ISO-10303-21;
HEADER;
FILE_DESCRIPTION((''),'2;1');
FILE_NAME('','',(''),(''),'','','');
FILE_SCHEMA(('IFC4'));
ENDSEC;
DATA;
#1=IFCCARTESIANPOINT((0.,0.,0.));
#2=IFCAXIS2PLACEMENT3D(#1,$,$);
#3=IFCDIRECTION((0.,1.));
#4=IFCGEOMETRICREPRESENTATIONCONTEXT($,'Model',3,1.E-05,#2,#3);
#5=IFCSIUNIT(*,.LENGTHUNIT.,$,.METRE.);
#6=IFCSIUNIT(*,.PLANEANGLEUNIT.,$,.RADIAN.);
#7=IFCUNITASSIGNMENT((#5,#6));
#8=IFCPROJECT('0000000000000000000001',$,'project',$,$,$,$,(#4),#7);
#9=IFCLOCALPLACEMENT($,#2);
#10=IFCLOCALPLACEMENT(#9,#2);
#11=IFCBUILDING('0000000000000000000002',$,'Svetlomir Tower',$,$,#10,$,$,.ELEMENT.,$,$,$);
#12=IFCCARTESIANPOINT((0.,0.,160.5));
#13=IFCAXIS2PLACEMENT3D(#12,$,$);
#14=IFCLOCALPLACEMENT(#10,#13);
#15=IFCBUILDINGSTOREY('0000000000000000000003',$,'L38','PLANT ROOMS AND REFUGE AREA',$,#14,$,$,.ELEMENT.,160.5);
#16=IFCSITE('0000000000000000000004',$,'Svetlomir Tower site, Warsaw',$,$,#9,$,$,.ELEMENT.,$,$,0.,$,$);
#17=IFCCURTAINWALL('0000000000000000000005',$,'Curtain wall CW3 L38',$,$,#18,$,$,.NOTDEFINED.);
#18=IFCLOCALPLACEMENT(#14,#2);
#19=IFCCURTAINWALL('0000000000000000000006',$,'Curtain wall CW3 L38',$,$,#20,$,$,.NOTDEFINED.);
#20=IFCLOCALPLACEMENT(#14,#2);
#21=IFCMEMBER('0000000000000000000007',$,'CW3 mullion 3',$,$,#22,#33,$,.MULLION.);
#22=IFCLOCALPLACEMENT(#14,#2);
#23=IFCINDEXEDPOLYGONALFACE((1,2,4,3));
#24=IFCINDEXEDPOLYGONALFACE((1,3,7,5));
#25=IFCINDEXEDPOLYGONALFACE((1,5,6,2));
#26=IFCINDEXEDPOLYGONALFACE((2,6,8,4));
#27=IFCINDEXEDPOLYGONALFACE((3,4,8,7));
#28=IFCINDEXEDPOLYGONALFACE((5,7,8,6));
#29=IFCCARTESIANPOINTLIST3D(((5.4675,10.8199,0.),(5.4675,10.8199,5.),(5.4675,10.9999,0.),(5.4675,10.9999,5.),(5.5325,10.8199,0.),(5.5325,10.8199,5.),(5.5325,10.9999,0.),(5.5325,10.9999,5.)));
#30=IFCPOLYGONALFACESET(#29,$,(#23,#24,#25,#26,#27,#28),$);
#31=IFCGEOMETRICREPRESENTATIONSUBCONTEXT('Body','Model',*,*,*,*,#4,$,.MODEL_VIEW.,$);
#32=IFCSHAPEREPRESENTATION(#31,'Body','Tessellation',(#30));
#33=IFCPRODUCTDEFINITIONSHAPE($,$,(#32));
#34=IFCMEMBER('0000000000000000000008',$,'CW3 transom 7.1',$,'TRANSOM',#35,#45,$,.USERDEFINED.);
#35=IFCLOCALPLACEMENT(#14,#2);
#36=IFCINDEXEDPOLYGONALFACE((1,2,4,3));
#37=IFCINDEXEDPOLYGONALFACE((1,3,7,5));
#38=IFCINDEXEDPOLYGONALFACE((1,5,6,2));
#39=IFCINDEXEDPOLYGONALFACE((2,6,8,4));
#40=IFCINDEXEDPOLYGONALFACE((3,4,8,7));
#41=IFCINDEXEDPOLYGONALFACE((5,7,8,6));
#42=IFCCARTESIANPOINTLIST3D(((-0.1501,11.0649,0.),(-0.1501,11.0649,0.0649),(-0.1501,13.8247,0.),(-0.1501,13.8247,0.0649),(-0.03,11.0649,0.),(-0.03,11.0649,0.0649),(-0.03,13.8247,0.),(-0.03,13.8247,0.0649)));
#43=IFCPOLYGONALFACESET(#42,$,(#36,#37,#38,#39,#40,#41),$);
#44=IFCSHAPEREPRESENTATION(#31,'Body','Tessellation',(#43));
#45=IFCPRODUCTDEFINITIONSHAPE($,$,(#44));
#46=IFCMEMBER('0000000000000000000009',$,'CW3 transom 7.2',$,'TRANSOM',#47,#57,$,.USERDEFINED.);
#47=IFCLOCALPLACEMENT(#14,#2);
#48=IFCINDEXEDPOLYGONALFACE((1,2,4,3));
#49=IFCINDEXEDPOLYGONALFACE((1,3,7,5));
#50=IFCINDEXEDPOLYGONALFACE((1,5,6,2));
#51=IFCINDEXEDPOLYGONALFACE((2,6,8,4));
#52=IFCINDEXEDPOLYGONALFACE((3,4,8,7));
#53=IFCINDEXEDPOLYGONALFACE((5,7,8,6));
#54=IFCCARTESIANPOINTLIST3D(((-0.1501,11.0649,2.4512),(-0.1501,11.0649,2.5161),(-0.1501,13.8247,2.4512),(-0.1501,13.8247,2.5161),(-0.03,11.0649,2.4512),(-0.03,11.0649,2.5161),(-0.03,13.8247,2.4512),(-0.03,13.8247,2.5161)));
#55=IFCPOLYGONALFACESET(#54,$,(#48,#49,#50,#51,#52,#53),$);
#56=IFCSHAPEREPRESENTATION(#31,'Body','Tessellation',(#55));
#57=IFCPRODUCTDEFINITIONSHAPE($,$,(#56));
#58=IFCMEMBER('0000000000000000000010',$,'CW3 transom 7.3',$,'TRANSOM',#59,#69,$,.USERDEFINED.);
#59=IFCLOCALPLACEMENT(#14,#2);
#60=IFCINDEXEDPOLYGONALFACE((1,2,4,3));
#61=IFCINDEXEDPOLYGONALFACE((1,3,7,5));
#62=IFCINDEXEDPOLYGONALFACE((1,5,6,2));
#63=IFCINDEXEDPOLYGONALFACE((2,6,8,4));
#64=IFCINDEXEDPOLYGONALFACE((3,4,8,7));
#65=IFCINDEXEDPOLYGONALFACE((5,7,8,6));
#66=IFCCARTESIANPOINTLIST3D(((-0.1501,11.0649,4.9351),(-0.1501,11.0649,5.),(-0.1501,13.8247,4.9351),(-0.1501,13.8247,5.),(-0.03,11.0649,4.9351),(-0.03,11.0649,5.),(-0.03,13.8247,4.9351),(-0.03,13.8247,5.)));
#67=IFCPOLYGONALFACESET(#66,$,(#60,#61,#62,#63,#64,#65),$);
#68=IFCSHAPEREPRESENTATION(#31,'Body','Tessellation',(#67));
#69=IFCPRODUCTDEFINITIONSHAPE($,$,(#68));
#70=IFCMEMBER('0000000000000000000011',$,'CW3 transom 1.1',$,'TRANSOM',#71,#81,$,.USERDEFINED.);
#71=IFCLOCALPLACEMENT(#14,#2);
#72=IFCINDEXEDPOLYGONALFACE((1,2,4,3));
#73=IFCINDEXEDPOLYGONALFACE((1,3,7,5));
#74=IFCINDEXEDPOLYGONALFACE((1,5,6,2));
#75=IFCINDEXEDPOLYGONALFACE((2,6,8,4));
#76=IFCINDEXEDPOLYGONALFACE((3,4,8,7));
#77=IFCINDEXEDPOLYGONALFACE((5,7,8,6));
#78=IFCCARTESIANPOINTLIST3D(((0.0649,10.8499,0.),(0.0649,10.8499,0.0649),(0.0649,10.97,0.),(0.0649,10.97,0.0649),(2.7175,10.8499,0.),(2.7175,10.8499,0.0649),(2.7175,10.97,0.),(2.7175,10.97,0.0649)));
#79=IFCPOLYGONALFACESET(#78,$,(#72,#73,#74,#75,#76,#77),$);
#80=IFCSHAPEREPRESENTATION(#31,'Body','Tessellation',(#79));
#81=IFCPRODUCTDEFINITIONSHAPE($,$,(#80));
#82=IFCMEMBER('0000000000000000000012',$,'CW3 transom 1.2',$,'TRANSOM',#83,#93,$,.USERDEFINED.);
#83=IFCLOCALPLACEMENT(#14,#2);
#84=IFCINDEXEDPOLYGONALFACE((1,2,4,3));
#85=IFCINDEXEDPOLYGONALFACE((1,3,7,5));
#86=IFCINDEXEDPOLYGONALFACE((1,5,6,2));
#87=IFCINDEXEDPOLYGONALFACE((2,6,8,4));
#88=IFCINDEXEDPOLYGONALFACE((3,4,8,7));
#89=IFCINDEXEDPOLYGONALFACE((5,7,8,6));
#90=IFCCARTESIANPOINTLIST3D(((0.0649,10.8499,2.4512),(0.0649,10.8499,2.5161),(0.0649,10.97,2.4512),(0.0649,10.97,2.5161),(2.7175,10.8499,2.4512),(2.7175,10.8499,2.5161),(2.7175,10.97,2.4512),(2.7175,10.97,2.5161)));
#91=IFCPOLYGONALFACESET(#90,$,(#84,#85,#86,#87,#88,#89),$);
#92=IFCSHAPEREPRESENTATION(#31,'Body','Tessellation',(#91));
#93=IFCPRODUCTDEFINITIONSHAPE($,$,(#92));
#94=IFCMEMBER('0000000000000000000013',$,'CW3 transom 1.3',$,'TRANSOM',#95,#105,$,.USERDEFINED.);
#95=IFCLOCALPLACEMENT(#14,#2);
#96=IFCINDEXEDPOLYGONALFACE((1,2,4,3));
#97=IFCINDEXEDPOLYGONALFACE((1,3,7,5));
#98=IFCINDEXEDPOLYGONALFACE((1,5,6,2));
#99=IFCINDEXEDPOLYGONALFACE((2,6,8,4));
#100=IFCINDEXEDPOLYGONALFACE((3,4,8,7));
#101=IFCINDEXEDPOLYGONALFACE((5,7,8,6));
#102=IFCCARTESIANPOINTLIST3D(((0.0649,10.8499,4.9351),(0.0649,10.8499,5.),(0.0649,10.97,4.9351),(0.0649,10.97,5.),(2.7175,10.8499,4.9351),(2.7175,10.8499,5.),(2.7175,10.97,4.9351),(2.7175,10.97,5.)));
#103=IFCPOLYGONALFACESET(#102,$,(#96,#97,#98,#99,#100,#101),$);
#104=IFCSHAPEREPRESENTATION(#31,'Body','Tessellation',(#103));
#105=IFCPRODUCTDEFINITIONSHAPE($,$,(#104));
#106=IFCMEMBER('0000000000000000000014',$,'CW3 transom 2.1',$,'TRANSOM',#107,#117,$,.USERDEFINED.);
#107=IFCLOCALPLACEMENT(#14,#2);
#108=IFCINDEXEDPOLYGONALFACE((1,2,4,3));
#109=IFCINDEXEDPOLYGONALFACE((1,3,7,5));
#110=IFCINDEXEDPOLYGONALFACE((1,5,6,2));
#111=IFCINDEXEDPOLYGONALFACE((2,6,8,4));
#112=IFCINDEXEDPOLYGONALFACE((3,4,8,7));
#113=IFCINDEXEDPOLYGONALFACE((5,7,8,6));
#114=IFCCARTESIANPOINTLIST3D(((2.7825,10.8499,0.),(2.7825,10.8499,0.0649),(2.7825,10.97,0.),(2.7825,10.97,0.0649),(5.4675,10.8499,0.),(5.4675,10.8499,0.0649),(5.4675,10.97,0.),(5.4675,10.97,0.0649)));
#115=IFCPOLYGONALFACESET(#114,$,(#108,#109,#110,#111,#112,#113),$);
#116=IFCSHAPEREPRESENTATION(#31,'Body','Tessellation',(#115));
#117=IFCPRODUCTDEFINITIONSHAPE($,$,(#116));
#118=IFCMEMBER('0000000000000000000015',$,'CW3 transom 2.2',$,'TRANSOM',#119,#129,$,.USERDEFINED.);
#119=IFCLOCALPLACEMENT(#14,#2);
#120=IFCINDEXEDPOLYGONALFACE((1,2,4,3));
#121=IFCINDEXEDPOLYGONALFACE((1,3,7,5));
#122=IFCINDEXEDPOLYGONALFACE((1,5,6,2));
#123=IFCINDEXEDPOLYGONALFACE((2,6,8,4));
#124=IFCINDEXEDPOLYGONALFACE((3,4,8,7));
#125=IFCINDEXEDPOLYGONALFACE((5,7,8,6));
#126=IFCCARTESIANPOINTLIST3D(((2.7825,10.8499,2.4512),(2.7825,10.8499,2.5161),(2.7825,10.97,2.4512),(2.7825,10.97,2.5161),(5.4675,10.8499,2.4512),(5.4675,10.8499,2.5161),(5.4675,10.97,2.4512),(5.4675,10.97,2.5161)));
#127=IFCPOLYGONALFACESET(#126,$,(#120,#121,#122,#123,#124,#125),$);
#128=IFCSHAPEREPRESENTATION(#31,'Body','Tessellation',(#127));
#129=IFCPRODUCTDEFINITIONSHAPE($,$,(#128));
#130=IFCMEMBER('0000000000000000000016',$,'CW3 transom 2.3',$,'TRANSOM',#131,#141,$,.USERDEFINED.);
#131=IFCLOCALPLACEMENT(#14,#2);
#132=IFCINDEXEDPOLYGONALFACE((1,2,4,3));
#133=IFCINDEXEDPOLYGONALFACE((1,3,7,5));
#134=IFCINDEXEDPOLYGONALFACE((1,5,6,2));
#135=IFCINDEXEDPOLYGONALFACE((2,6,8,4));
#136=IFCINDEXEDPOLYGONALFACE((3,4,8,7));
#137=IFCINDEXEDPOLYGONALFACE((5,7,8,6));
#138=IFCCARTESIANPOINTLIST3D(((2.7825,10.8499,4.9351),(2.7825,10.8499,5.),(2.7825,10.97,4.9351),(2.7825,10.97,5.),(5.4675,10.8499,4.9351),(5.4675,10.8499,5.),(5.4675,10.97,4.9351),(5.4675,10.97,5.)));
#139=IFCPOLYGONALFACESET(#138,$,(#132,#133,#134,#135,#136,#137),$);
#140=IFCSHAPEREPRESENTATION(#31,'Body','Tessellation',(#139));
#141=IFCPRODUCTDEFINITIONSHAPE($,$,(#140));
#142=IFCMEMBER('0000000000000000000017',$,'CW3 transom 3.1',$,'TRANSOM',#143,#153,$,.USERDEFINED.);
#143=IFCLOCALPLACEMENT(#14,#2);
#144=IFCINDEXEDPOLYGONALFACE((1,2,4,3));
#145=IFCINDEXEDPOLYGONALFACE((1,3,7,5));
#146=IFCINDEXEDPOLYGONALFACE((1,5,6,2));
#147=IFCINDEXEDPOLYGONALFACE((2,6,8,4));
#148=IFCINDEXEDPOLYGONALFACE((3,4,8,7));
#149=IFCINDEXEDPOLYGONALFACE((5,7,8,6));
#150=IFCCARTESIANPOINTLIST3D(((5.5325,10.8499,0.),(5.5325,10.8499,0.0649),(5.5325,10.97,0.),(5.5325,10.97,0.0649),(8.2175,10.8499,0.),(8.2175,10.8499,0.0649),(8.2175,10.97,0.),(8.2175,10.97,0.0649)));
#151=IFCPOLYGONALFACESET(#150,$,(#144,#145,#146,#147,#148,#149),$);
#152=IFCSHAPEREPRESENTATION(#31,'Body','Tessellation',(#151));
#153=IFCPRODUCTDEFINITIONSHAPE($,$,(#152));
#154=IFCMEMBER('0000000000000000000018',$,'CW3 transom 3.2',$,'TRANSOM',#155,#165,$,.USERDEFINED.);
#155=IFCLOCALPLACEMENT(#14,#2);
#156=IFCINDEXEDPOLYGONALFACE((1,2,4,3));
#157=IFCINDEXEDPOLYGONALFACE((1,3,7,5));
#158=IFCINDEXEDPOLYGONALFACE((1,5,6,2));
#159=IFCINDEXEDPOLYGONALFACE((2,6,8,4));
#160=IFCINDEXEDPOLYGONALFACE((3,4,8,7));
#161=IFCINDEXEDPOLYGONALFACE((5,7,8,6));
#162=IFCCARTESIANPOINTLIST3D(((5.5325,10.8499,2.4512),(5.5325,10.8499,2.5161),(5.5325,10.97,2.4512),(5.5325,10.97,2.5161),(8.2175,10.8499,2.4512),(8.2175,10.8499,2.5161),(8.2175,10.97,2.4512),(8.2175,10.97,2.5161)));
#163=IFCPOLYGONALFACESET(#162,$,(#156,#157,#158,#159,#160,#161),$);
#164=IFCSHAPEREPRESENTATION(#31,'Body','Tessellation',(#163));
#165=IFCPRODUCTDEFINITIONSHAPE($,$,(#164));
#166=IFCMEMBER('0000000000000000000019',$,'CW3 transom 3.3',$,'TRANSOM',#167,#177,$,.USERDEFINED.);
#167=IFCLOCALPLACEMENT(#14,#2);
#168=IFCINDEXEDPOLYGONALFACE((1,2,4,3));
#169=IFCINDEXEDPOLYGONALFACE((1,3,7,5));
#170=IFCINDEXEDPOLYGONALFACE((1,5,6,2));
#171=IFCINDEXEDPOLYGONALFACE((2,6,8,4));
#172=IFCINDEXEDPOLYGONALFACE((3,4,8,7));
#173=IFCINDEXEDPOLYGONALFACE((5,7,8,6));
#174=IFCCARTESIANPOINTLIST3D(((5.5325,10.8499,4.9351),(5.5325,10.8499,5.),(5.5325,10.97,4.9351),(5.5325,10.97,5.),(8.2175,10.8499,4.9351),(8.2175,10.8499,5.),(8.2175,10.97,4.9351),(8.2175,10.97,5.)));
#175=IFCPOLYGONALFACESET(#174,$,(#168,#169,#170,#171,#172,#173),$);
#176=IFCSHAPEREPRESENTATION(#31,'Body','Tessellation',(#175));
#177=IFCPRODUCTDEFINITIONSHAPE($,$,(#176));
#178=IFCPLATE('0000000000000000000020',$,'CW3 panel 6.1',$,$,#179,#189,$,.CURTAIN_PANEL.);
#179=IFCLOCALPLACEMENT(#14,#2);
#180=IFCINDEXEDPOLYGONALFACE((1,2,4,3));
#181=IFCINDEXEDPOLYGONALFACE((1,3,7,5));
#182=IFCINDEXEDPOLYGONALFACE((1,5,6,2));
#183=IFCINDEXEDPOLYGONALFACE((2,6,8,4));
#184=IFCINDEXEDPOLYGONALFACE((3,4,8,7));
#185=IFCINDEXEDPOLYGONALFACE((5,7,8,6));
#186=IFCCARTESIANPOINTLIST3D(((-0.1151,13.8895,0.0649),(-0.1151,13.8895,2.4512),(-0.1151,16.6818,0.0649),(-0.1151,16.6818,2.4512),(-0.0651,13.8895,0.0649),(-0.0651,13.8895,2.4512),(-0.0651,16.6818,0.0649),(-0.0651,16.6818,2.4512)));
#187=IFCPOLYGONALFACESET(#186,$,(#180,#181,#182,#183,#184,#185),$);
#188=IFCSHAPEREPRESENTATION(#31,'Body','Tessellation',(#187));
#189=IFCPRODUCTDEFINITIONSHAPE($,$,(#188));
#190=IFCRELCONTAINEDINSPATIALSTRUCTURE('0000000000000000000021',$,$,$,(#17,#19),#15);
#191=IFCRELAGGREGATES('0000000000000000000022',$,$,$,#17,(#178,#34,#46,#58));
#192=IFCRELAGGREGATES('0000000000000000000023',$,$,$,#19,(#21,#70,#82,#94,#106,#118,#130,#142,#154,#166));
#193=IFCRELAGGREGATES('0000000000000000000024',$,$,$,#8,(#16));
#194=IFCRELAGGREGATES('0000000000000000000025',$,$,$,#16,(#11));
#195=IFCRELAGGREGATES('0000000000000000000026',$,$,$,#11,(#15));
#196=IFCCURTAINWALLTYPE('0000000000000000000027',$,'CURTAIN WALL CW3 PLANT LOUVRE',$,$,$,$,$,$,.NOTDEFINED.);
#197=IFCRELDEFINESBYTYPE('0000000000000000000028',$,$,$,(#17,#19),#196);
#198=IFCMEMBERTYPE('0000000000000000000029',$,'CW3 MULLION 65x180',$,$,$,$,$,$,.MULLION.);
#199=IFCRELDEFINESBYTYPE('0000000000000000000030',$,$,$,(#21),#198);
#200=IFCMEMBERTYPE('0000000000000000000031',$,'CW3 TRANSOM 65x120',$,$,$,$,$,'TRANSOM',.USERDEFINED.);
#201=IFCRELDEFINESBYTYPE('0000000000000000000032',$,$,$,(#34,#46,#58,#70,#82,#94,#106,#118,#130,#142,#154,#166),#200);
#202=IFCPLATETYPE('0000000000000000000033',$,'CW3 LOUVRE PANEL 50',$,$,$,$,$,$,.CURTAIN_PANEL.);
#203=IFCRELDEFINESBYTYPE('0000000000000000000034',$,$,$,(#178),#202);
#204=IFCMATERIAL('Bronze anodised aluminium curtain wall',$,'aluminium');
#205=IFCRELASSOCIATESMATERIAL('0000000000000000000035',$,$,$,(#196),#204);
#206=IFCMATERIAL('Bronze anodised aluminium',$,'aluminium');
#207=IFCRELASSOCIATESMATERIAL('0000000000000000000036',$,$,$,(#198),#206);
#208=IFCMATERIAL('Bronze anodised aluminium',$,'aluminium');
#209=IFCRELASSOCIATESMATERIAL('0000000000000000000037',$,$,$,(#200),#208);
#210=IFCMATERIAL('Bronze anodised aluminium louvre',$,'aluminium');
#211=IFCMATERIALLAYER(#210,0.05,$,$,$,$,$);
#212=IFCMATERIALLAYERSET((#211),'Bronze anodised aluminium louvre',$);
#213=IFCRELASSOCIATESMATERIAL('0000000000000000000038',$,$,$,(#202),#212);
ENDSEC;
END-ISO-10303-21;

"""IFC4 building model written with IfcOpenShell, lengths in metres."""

from ifc_helpers import new_model, si_unit, direction, frame, origin, origin_2d, place, context, subcontext, project, spatial, rectangle, extrude, material, layer, layer_set, material_profile, profile_set, type_object, element, aggregate, save


model = new_model("IFC4")

# Units and contexts
model_context = context("Model", 3, precision=1e-05, world=origin(), true_north=direction((0.0, 1.0)))
body_context = subcontext(model_context, "Body", "Model", "MODEL_VIEW")
ifc_project = project(units=[si_unit("LENGTHUNIT", "METRE"), si_unit("PLANEANGLEUNIT", "RADIAN")], contexts=[model_context])

# Site, building, storey
site_placement = place(None, origin())
site = spatial("IfcSite", under=ifc_project, at=site_placement, Name="Svetlomir Tower site, Warsaw", CompositionType="ELEMENT", RefElevation=0.0)
building_placement = place(site_placement, origin())
building = spatial("IfcBuilding", under=site, at=building_placement, Name="Svetlomir Tower", CompositionType="ELEMENT")
storey_placement = place(building_placement, frame((0.0, 0.0, 160.5)))
storey = spatial("IfcBuildingStorey", under=building, at=storey_placement, Name="L38", Description="PLANT ROOMS AND REFUGE AREA", CompositionType="ELEMENT", Elevation=160.5)

# Curtain walls, member
ifc_material_1 = material(Name="Bronze anodised aluminium curtain wall", Category="aluminium")
curtain_wall_type = type_object("IfcCurtainWallType", Name="CURTAIN WALL CW3 PLANT LOUVRE", PredefinedType="NOTDEFINED", material=ifc_material_1)
curtain_wall_1_placement = place(storey_placement, origin())
curtain_wall_1 = element("IfcCurtainWall", 1, at=curtain_wall_1_placement, inside=storey, type_object=curtain_wall_type, Name="Curtain wall CW3 L38", PredefinedType="NOTDEFINED")
ifc_material_2 = material(Name="Bronze anodised aluminium", Category="aluminium")
ifc_material_profile_1 = material_profile(ifc_material_2, rectangle(XDim=0.0649, YDim=0.1799, at=origin_2d()), Name="AL 65x180")
ifc_profile_set_1 = profile_set([ifc_material_profile_1], Name="Bronze anodised aluminium 6063-T6")
member_type_1 = type_object("IfcMemberType", Name="CW3 MULLION 65x180", PredefinedType="MULLION", material=ifc_profile_set_1)
curtain_wall_2_placement = place(storey_placement, origin())
curtain_wall_2 = element("IfcCurtainWall", 2, at=curtain_wall_2_placement, inside=storey, type_object=curtain_wall_type, Name="Curtain wall CW3 L38", PredefinedType="NOTDEFINED")
member_1_placement = place(storey_placement, frame((5.5, 10.9099, 0.0), z_axis=(0.0, 0.0, 1.0), x_axis=(1.0, 0.0, 0.0)))
member_1 = element("IfcMember", 3, at=member_1_placement, type_object=member_type_1, Name="CW3 mullion 3", PredefinedType="MULLION", context=body_context, shape_type="SweptSolid", body=[
    extrude(rectangle(XDim=0.0649, YDim=0.1799, at=origin_2d()), origin(), (0.0, 0.0, 1.0), 5.0),
])

# Members
ifc_material_3 = material(Name="Bronze anodised aluminium", Category="aluminium")
ifc_material_profile_2 = material_profile(ifc_material_3, rectangle(XDim=0.1201, YDim=0.0649, at=origin_2d()), Name="AL 120x65")
ifc_profile_set_2 = profile_set([ifc_material_profile_2], Name="Bronze anodised aluminium 6063-T6")
member_type_2 = type_object("IfcMemberType", Name="CW3 TRANSOM 65x120", ElementType="TRANSOM", PredefinedType="USERDEFINED", material=ifc_profile_set_2)
member_2_placement = place(storey_placement, frame((-0.0901, 13.8247, 0.0325), z_axis=(0.0, -1.0, 0.0), x_axis=(1.0, 0.0, 0.0)))
member_2 = element("IfcMember", 4, at=member_2_placement, type_object=member_type_2, Name="CW3 transom 7.1", ObjectType="TRANSOM", PredefinedType="USERDEFINED", context=body_context, shape_type="SweptSolid", body=[
    extrude(rectangle(XDim=0.1201, YDim=0.0649, at=origin_2d()), origin(), (0.0, 0.0, 1.0), 2.7598),
])
member_3_placement = place(storey_placement, frame((-0.0901, 13.8247, 2.4836), z_axis=(0.0, -1.0, 0.0), x_axis=(1.0, 0.0, 0.0)))
member_3 = element("IfcMember", 5, at=member_3_placement, type_object=member_type_2, Name="CW3 transom 7.2", ObjectType="TRANSOM", PredefinedType="USERDEFINED", context=body_context, shape_type="SweptSolid", body=[
    extrude(rectangle(XDim=0.1201, YDim=0.0649, at=origin_2d()), origin(), (0.0, 0.0, 1.0), 2.7598),
])
member_4_placement = place(storey_placement, frame((-0.0901, 13.8247, 4.9675), z_axis=(0.0, -1.0, 0.0), x_axis=(1.0, 0.0, 0.0)))
member_4 = element("IfcMember", 6, at=member_4_placement, type_object=member_type_2, Name="CW3 transom 7.3", ObjectType="TRANSOM", PredefinedType="USERDEFINED", context=body_context, shape_type="SweptSolid", body=[
    extrude(rectangle(XDim=0.1201, YDim=0.0649, at=origin_2d()), origin(), (0.0, 0.0, 1.0), 2.7598),
])
member_5_placement = place(storey_placement, frame((0.0649, 10.9099, 0.0325), z_axis=(1.0, 0.0, 0.0), x_axis=(0.0, 1.0, 0.0)))
member_5 = element("IfcMember", 7, at=member_5_placement, type_object=member_type_2, Name="CW3 transom 1.1", ObjectType="TRANSOM", PredefinedType="USERDEFINED", context=body_context, shape_type="SweptSolid", body=[
    extrude(rectangle(XDim=0.1201, YDim=0.0649, at=origin_2d()), origin(), (0.0, 0.0, 1.0), 2.6526),
])
member_6_placement = place(storey_placement, frame((0.0649, 10.9099, 2.4836), z_axis=(1.0, 0.0, 0.0), x_axis=(0.0, 1.0, 0.0)))
member_6 = element("IfcMember", 8, at=member_6_placement, type_object=member_type_2, Name="CW3 transom 1.2", ObjectType="TRANSOM", PredefinedType="USERDEFINED", context=body_context, shape_type="SweptSolid", body=[
    extrude(rectangle(XDim=0.1201, YDim=0.0649, at=origin_2d()), origin(), (0.0, 0.0, 1.0), 2.6526),
])
member_7_placement = place(storey_placement, frame((0.0649, 10.9099, 4.9675), z_axis=(1.0, 0.0, 0.0), x_axis=(0.0, 1.0, 0.0)))
member_7 = element("IfcMember", 9, at=member_7_placement, type_object=member_type_2, Name="CW3 transom 1.3", ObjectType="TRANSOM", PredefinedType="USERDEFINED", context=body_context, shape_type="SweptSolid", body=[
    extrude(rectangle(XDim=0.1201, YDim=0.0649, at=origin_2d()), origin(), (0.0, 0.0, 1.0), 2.6526),
])
member_8_placement = place(storey_placement, frame((2.7825, 10.9099, 0.0325), z_axis=(1.0, 0.0, 0.0), x_axis=(0.0, 1.0, 0.0)))
member_8 = element("IfcMember", 10, at=member_8_placement, type_object=member_type_2, Name="CW3 transom 2.1", ObjectType="TRANSOM", PredefinedType="USERDEFINED", context=body_context, shape_type="SweptSolid", body=[
    extrude(rectangle(XDim=0.1201, YDim=0.0649, at=origin_2d()), origin(), (0.0, 0.0, 1.0), 2.6851),
])
member_9_placement = place(storey_placement, frame((2.7825, 10.9099, 2.4836), z_axis=(1.0, 0.0, 0.0), x_axis=(0.0, 1.0, 0.0)))
member_9 = element("IfcMember", 11, at=member_9_placement, type_object=member_type_2, Name="CW3 transom 2.2", ObjectType="TRANSOM", PredefinedType="USERDEFINED", context=body_context, shape_type="SweptSolid", body=[
    extrude(rectangle(XDim=0.1201, YDim=0.0649, at=origin_2d()), origin(), (0.0, 0.0, 1.0), 2.6851),
])
member_10_placement = place(storey_placement, frame((2.7825, 10.9099, 4.9675), z_axis=(1.0, 0.0, 0.0), x_axis=(0.0, 1.0, 0.0)))
member_10 = element("IfcMember", 12, at=member_10_placement, type_object=member_type_2, Name="CW3 transom 2.3", ObjectType="TRANSOM", PredefinedType="USERDEFINED", context=body_context, shape_type="SweptSolid", body=[
    extrude(rectangle(XDim=0.1201, YDim=0.0649, at=origin_2d()), origin(), (0.0, 0.0, 1.0), 2.6851),
])
member_11_placement = place(storey_placement, frame((5.5325, 10.9099, 0.0325), z_axis=(1.0, 0.0, 0.0), x_axis=(0.0, 1.0, 0.0)))
member_11 = element("IfcMember", 13, at=member_11_placement, type_object=member_type_2, Name="CW3 transom 3.1", ObjectType="TRANSOM", PredefinedType="USERDEFINED", context=body_context, shape_type="SweptSolid", body=[
    extrude(rectangle(XDim=0.1201, YDim=0.0649, at=origin_2d()), origin(), (0.0, 0.0, 1.0), 2.6851),
])
member_12_placement = place(storey_placement, frame((5.5325, 10.9099, 2.4836), z_axis=(1.0, 0.0, 0.0), x_axis=(0.0, 1.0, 0.0)))
member_12 = element("IfcMember", 14, at=member_12_placement, type_object=member_type_2, Name="CW3 transom 3.2", ObjectType="TRANSOM", PredefinedType="USERDEFINED", context=body_context, shape_type="SweptSolid", body=[
    extrude(rectangle(XDim=0.1201, YDim=0.0649, at=origin_2d()), origin(), (0.0, 0.0, 1.0), 2.6851),
])
member_13_placement = place(storey_placement, frame((5.5325, 10.9099, 4.9675), z_axis=(1.0, 0.0, 0.0), x_axis=(0.0, 1.0, 0.0)))
member_13 = element("IfcMember", 15, at=member_13_placement, type_object=member_type_2, Name="CW3 transom 3.3", ObjectType="TRANSOM", PredefinedType="USERDEFINED", context=body_context, shape_type="SweptSolid", body=[
    extrude(rectangle(XDim=0.1201, YDim=0.0649, at=origin_2d()), origin(), (0.0, 0.0, 1.0), 2.6851),
])

# Plate
ifc_material_4 = material(Name="Bronze anodised aluminium louvre", Category="aluminium")
ifc_layer_1 = layer(ifc_material_4, 0.05)
ifc_layer_set_1 = layer_set([ifc_layer_1], Name="Bronze anodised aluminium louvre")
plate_type = type_object("IfcPlateType", Name="CW3 LOUVRE PANEL 50", PredefinedType="CURTAIN_PANEL", material=ifc_layer_set_1)
plate_1_placement = place(storey_placement, frame((-0.0901, 15.2856, 0.0649), z_axis=(0.0, 0.0, 1.0), x_axis=(0.0, -1.0, 0.0)))
plate_1 = element("IfcPlate", 16, at=plate_1_placement, type_object=plate_type, Name="CW3 panel 6.1", PredefinedType="CURTAIN_PANEL", context=body_context, shape_type="SweptSolid", body=[
    extrude(rectangle(XDim=2.7922, YDim=0.05, at=origin_2d()), origin(), (0.0, 0.0, 1.0), 2.3862),
])
aggregate(curtain_wall_1, [plate_1, member_2, member_3, member_4])
aggregate(curtain_wall_2, [member_1, member_5, member_6, member_7, member_8, member_9, member_10, member_11, member_12, member_13])

save(model, "model.ifc")
